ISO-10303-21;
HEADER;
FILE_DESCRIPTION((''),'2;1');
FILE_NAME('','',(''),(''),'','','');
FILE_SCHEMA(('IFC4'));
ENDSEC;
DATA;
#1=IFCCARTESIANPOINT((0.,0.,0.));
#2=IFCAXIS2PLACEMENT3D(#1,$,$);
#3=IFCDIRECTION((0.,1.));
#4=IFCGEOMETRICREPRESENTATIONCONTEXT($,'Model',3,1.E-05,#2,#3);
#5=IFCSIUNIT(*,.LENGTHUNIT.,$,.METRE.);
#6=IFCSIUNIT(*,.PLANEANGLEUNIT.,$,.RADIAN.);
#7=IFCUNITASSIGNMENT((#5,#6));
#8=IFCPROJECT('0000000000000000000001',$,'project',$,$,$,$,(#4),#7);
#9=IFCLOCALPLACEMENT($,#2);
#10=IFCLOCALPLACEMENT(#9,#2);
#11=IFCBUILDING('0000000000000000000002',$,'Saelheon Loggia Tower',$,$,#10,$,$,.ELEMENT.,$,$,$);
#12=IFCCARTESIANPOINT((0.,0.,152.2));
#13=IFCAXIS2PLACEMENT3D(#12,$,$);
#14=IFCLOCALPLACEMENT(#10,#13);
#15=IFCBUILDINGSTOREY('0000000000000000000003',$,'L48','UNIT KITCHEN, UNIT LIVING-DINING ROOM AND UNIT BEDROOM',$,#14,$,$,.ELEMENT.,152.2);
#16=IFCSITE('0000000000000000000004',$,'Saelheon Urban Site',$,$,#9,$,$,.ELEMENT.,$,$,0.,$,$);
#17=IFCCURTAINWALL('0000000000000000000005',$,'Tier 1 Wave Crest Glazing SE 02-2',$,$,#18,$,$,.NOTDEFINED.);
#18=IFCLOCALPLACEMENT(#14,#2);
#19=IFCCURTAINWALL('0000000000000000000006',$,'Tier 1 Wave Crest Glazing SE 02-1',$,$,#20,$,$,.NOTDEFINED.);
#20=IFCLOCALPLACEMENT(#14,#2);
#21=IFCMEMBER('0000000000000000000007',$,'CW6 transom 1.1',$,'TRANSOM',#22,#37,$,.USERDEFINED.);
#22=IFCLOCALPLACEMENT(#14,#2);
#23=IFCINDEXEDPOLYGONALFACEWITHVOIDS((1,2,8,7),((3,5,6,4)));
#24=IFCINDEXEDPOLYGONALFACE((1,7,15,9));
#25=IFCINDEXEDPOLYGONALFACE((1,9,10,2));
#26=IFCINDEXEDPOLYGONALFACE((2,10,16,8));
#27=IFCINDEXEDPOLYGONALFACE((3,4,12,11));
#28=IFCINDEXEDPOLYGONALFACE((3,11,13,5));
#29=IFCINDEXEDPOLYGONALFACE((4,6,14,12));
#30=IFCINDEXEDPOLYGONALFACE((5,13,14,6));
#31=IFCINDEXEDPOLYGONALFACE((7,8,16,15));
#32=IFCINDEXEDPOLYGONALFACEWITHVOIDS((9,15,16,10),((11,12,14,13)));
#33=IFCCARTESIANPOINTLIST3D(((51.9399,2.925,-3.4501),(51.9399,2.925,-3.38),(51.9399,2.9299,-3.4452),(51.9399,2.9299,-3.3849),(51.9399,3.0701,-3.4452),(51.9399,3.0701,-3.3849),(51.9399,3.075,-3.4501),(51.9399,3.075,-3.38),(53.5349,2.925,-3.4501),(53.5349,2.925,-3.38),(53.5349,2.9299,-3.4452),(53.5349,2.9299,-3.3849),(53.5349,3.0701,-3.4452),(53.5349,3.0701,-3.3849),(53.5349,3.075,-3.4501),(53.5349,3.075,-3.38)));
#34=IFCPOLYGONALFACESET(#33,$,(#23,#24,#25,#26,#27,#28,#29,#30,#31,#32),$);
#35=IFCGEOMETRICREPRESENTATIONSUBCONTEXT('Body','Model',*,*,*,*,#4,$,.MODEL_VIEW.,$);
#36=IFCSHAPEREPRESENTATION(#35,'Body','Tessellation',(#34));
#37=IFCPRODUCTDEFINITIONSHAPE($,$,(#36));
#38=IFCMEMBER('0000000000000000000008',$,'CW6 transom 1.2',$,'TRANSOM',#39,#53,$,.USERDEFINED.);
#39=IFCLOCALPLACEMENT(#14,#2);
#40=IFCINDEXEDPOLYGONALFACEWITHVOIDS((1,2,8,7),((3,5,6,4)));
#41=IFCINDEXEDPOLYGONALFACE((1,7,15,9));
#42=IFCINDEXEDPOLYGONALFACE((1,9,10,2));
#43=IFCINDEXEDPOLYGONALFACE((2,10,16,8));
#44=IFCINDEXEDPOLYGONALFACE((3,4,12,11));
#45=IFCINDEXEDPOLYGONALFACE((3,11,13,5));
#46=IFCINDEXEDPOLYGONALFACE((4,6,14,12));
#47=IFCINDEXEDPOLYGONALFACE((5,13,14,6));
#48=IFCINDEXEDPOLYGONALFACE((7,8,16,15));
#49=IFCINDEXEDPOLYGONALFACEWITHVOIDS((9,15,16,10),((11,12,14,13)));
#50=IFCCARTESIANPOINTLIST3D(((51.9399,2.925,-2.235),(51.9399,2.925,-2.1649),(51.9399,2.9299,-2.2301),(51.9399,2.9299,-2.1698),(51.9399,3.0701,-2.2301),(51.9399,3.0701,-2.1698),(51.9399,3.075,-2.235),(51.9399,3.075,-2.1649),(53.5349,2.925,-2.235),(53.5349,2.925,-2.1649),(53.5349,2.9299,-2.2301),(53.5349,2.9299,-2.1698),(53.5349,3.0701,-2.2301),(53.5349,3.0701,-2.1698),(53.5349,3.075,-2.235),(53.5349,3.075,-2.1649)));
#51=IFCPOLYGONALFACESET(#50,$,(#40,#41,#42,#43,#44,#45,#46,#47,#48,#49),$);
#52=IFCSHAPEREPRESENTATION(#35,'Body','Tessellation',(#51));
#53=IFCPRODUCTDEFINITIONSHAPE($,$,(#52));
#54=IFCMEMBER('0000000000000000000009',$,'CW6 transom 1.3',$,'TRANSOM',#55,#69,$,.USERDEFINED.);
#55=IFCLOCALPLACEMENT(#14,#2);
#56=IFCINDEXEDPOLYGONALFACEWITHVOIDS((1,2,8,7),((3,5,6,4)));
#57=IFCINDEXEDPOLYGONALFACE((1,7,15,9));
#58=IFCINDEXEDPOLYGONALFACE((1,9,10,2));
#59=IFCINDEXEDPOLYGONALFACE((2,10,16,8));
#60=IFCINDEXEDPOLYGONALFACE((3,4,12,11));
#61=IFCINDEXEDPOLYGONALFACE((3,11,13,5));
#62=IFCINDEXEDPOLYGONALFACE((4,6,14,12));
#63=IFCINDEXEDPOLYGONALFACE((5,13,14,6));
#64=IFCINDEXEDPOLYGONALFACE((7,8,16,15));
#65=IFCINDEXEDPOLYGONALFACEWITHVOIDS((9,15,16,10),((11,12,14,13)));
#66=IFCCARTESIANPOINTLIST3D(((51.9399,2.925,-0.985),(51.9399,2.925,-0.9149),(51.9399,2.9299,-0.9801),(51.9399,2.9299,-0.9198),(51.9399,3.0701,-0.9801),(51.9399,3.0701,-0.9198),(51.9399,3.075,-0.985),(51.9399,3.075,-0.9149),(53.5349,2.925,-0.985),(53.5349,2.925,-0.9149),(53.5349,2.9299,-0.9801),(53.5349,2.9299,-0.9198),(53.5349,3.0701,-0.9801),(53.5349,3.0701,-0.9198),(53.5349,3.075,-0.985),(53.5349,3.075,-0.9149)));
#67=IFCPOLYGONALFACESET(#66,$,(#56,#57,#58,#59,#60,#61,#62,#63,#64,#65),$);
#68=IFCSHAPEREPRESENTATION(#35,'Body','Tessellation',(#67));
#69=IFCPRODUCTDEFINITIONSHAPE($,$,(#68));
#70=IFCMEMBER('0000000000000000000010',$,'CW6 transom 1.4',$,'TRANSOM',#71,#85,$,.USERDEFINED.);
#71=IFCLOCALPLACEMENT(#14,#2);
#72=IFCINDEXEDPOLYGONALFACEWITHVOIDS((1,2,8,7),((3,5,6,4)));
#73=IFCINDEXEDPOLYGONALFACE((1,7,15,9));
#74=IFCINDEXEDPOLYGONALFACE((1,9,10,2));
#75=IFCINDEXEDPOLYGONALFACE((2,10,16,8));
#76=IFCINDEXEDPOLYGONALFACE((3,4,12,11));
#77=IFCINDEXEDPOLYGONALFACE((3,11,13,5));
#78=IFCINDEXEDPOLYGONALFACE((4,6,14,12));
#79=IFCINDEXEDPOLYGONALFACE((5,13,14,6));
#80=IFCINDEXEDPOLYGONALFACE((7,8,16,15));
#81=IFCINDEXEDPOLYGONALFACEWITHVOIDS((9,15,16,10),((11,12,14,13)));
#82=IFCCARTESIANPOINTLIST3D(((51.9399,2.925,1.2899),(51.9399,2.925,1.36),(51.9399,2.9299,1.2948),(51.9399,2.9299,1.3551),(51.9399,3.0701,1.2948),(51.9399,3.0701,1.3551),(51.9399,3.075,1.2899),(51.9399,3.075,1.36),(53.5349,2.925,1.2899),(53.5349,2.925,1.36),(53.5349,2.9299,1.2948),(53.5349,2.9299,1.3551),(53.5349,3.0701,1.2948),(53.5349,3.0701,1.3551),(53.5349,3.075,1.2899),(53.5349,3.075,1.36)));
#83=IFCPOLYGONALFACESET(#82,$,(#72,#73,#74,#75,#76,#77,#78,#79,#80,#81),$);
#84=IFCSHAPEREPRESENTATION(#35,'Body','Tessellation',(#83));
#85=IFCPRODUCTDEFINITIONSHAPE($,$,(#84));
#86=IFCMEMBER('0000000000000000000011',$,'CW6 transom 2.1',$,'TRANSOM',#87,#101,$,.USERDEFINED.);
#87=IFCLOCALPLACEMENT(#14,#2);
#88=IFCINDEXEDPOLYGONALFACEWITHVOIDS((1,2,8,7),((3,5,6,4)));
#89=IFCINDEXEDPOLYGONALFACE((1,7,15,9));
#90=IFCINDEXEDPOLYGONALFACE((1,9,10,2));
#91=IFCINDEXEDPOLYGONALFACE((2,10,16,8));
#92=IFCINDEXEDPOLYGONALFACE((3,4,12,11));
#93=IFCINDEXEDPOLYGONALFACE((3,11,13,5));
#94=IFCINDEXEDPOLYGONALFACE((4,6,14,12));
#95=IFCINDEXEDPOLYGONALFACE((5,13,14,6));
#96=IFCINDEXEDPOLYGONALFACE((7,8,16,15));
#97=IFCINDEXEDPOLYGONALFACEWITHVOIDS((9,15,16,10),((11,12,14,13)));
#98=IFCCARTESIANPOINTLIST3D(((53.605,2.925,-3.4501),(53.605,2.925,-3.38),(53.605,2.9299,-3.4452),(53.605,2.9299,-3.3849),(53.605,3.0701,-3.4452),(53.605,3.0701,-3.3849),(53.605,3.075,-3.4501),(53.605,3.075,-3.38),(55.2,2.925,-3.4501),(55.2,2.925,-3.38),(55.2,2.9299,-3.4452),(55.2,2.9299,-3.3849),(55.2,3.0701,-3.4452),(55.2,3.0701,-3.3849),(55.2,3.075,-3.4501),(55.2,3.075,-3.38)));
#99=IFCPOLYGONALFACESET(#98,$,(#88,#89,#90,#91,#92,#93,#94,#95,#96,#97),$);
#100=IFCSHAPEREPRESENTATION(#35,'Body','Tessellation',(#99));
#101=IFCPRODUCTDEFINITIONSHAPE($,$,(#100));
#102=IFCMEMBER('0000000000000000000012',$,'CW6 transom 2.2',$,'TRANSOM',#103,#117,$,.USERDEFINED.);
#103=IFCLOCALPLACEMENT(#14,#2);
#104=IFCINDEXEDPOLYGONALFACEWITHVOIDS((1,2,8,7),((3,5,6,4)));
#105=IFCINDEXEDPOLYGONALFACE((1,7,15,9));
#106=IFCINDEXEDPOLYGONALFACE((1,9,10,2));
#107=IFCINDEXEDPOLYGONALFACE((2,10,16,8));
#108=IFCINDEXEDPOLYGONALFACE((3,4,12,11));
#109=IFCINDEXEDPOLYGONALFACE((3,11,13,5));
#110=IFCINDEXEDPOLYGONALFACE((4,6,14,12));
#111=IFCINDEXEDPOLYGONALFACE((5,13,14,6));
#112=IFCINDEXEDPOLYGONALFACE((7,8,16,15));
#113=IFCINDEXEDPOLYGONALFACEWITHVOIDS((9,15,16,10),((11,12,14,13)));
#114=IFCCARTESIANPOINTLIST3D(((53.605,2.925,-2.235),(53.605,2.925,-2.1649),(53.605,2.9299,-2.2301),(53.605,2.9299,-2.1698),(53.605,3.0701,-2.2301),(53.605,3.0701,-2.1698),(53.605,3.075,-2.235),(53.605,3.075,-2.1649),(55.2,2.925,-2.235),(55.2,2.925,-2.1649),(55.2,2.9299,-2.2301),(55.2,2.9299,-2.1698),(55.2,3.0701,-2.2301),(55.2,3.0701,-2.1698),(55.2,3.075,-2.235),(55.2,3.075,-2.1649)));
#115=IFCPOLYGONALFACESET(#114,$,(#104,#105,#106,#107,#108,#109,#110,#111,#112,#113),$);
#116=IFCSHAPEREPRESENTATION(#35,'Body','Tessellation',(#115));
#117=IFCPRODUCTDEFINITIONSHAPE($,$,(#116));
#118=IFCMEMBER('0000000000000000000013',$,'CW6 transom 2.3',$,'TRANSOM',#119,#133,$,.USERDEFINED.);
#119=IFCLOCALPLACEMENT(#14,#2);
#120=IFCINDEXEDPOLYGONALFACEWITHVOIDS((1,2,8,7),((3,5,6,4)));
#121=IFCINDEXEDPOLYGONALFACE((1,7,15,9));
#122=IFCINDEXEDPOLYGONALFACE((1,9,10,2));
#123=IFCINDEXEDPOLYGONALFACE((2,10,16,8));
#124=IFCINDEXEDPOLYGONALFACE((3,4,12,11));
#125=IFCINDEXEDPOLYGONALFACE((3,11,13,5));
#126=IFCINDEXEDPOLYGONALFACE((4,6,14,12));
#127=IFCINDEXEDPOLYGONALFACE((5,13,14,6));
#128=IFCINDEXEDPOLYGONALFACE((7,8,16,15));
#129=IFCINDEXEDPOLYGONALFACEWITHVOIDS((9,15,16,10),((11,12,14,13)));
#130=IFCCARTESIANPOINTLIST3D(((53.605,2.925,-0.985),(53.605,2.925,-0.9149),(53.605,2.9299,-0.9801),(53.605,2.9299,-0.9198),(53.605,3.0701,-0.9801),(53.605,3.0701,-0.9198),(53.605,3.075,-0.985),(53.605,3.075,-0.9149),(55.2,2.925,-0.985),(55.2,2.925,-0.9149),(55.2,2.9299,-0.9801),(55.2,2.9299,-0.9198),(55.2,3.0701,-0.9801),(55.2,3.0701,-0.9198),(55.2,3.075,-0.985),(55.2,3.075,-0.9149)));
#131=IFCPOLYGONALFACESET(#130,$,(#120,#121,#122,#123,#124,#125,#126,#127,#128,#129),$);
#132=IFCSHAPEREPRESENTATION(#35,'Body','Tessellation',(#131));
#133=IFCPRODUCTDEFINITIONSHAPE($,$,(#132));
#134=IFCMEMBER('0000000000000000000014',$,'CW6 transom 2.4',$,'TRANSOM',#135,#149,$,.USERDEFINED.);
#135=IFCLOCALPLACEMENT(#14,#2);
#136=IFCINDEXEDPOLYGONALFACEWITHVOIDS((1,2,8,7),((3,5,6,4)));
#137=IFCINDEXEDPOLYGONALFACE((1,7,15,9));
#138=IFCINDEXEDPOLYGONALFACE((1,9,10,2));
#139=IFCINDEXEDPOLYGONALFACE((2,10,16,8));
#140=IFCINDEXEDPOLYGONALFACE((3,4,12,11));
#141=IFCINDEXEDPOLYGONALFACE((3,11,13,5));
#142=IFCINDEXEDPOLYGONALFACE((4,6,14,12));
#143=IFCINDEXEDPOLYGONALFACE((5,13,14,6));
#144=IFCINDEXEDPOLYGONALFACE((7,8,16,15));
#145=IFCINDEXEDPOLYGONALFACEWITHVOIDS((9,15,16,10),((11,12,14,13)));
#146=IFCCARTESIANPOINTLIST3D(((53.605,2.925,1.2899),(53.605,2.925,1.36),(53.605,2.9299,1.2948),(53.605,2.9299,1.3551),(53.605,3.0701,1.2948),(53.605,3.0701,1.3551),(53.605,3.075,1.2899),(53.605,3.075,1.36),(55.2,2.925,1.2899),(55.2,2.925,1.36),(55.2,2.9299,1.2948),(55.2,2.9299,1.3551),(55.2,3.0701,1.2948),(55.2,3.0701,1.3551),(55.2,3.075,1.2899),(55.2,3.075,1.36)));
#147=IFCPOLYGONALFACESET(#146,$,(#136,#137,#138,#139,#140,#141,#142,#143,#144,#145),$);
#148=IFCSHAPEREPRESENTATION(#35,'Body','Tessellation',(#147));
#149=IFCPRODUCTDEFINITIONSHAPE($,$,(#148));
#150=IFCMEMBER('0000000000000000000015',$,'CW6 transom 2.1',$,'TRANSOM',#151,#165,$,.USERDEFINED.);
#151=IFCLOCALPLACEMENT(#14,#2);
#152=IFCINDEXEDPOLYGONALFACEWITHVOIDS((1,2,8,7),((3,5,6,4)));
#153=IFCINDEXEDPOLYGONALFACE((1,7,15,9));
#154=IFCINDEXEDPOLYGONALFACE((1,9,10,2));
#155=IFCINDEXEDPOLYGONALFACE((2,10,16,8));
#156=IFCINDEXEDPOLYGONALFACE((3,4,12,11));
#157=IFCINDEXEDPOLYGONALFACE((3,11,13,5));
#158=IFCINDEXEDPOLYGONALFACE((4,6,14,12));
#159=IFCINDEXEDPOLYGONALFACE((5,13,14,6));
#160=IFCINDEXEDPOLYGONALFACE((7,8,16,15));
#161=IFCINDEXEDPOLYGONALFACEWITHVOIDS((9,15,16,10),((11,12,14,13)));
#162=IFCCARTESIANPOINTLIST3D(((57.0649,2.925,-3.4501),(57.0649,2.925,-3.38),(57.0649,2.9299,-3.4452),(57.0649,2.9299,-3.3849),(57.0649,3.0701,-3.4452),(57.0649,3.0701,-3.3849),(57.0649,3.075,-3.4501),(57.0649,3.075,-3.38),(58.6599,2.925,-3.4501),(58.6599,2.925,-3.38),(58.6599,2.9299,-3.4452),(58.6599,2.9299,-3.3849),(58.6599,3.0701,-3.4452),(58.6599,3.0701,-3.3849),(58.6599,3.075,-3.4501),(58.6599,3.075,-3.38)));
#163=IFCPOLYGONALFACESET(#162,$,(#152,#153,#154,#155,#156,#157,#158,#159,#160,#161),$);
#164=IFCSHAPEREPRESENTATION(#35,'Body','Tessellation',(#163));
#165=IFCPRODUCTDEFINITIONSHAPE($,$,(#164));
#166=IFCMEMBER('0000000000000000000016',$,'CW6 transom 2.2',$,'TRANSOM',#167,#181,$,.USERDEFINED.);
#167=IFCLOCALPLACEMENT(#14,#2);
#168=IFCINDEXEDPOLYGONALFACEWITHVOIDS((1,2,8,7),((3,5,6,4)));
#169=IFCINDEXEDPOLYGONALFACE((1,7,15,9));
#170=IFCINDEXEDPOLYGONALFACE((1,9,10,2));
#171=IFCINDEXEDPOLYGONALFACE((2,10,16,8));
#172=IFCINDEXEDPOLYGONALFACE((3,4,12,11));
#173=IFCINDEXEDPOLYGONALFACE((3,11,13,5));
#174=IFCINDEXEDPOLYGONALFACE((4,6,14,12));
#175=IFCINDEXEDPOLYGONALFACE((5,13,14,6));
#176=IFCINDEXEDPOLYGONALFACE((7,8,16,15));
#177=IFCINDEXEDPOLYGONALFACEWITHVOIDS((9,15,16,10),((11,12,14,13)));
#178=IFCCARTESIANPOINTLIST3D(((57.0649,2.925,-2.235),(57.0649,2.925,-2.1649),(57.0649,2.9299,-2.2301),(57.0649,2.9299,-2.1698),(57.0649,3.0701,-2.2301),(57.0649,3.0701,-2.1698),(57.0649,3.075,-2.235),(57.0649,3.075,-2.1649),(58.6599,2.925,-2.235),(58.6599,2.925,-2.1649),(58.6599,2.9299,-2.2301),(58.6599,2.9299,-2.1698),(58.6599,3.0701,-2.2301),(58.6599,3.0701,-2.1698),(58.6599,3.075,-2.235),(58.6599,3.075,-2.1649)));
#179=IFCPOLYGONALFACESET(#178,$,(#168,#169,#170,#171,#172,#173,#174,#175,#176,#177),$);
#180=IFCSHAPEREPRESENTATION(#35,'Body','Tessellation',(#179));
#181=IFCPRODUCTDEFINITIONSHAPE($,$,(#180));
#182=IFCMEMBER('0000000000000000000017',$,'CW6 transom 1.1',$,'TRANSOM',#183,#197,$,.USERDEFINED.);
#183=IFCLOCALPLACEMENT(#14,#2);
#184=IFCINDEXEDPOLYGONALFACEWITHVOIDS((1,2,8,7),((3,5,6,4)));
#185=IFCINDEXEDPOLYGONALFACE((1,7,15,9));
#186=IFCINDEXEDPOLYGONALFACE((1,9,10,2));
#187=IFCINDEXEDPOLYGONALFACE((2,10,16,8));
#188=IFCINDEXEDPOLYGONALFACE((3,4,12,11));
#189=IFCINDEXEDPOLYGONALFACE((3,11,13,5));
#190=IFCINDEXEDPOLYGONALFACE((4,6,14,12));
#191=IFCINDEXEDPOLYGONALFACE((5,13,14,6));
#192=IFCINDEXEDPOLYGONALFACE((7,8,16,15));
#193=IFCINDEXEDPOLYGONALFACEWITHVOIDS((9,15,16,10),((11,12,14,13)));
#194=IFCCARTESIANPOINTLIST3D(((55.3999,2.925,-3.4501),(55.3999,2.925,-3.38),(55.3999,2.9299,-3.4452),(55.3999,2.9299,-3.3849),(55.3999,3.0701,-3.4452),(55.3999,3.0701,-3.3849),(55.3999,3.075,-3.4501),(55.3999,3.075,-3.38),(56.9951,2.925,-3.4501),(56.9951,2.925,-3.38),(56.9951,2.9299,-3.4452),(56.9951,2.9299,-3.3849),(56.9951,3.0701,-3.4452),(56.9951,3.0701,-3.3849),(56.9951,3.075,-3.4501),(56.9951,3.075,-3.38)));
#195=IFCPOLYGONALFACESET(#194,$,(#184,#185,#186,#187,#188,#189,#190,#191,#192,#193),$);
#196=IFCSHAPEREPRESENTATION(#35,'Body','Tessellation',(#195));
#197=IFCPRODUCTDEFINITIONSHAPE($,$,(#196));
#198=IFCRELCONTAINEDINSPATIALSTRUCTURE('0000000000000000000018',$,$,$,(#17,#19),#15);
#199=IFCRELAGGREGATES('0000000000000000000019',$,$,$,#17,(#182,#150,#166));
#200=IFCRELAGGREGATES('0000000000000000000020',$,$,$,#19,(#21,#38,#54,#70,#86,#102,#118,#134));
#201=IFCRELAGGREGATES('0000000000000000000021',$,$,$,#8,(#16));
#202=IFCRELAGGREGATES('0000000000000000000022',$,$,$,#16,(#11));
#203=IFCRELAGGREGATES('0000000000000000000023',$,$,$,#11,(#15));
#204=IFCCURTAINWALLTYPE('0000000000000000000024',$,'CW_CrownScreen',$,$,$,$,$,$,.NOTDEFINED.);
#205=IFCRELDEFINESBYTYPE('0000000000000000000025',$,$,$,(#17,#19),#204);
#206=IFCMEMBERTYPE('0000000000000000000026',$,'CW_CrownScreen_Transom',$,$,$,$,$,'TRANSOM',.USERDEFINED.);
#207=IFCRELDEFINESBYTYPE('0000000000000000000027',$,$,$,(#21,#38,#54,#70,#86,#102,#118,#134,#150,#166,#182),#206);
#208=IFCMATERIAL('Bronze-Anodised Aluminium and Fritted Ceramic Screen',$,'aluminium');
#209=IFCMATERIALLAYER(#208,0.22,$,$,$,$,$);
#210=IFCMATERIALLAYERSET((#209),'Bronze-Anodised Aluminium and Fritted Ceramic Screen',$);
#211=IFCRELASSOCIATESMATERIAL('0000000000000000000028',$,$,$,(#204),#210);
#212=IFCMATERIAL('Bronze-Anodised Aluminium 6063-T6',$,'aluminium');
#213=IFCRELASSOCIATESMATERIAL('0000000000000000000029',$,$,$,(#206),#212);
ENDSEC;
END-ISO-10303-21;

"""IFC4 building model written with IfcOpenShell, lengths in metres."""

from ifc_helpers import new_model, si_unit, direction, frame, origin, origin_2d, place, context, subcontext, project, spatial, hollow_rectangle, extrude, source, transform, mapped, material, layer, layer_set, material_profile, profile_set, type_object, element, aggregate, save


model = new_model("IFC4")

# Units and contexts
model_context = context("Model", 3, precision=1e-05, world=origin(), true_north=direction((0.0, 1.0)))
body_context = subcontext(model_context, "Body", "Model", "MODEL_VIEW")
ifc_project = project(units=[si_unit("LENGTHUNIT", "METRE"), si_unit("PLANEANGLEUNIT", "RADIAN")], contexts=[model_context])

# Site, building, storey
site_placement = place(None, origin())
site = spatial("IfcSite", under=ifc_project, at=site_placement, Name="Saelheon Urban Site", CompositionType="ELEMENT", RefElevation=0.0)
building_placement = place(site_placement, origin())
building = spatial("IfcBuilding", under=site, at=building_placement, Name="Saelheon Loggia Tower", CompositionType="ELEMENT")
storey_placement = place(building_placement, frame((0.0, 0.0, 152.2)))
storey = spatial("IfcBuildingStorey", under=building, at=storey_placement, Name="L48", Description="UNIT KITCHEN, UNIT LIVING-DINING ROOM AND UNIT BEDROOM", CompositionType="ELEMENT", Elevation=152.2)

# Curtain wall
ifc_material_1 = material(Name="Bronze-Anodised Aluminium and Fritted Ceramic Screen", Category="aluminium")
ifc_layer_1 = layer(ifc_material_1, 0.22)
ifc_layer_set_1 = layer_set([ifc_layer_1], Name="Bronze-Anodised Aluminium and Fritted Ceramic Screen")
curtain_wall_type = type_object("IfcCurtainWallType", Name="CW_CrownScreen", PredefinedType="NOTDEFINED", material=ifc_layer_set_1)
curtain_wall_1_placement = place(storey_placement, origin())
curtain_wall_1 = element("IfcCurtainWall", 1, at=curtain_wall_1_placement, inside=storey, type_object=curtain_wall_type, Name="Tier 1 Wave Crest Glazing SE 02-2", PredefinedType="NOTDEFINED")
ifc_material_2 = material(Name="Bronze-Anodised Aluminium 6063-T6", Category="aluminium")

# Curtain wall, members
curtain_wall_2_placement = place(storey_placement, origin())
curtain_wall_2 = element("IfcCurtainWall", 2, at=curtain_wall_2_placement, inside=storey, type_object=curtain_wall_type, Name="Tier 1 Wave Crest Glazing SE 02-1", PredefinedType="NOTDEFINED")
ifc_material_profile_1 = material_profile(ifc_material_2, hollow_rectangle(XDim=0.0701, YDim=0.1499, WallThickness=0.0049, at=origin_2d()), Name="RHS-150x70x5")
ifc_profile_set_1 = profile_set([ifc_material_profile_1], Name="Bronze-Anodised Aluminium 6063-T6")
member_type_1 = type_object("IfcMemberType", Name="CW_CrownScreen_Transom", ElementType="TRANSOM", PredefinedType="USERDEFINED", material=ifc_profile_set_1)
shared_shape_1 = source(origin(), body_context, "Body", "SweptSolid", [
    extrude(hollow_rectangle(XDim=0.0701, YDim=0.1499, WallThickness=0.0049, at=origin_2d()), origin(), (0.0, 0.0, 1.0), 1.595),
])
member_1_placement = place(storey_placement, frame((51.9399, 3.0, -3.415), z_axis=(1.0, 0.0, 0.0), x_axis=(0.0, 0.0, 1.0)))
member_1 = element("IfcMember", 3, at=member_1_placement, type_object=member_type_1, Name="CW6 transom 1.1", ObjectType="TRANSOM", PredefinedType="USERDEFINED", context=body_context, shape_type="MappedRepresentation", body=[
    mapped(shared_shape_1, transform((0.0, 0.0, 0.0), scale=1.0)),
])
member_2_placement = place(storey_placement, frame((51.9399, 3.0, -2.2), z_axis=(1.0, 0.0, 0.0), x_axis=(0.0, 0.0, 1.0)))
member_2 = element("IfcMember", 4, at=member_2_placement, type_object=member_type_1, Name="CW6 transom 1.2", ObjectType="TRANSOM", PredefinedType="USERDEFINED", context=body_context, shape_type="MappedRepresentation", body=[
    mapped(shared_shape_1, transform((0.0, 0.0, 0.0), scale=1.0)),
])
member_3_placement = place(storey_placement, frame((51.9399, 3.0, -0.95), z_axis=(1.0, 0.0, 0.0), x_axis=(0.0, 0.0, 1.0)))
member_3 = element("IfcMember", 5, at=member_3_placement, type_object=member_type_1, Name="CW6 transom 1.3", ObjectType="TRANSOM", PredefinedType="USERDEFINED", context=body_context, shape_type="MappedRepresentation", body=[
    mapped(shared_shape_1, transform((0.0, 0.0, 0.0), scale=1.0)),
])
member_4_placement = place(storey_placement, frame((51.9399, 3.0, 1.325), z_axis=(1.0, 0.0, 0.0), x_axis=(0.0, 0.0, 1.0)))
member_4 = element("IfcMember", 6, at=member_4_placement, type_object=member_type_1, Name="CW6 transom 1.4", ObjectType="TRANSOM", PredefinedType="USERDEFINED", context=body_context, shape_type="MappedRepresentation", body=[
    mapped(shared_shape_1, transform((0.0, 0.0, 0.0), scale=1.0)),
])
member_5_placement = place(storey_placement, frame((53.605, 3.0, -3.415), z_axis=(1.0, 0.0, 0.0), x_axis=(0.0, 0.0, 1.0)))
member_5 = element("IfcMember", 7, at=member_5_placement, type_object=member_type_1, Name="CW6 transom 2.1", ObjectType="TRANSOM", PredefinedType="USERDEFINED", context=body_context, shape_type="MappedRepresentation", body=[
    mapped(shared_shape_1, transform((0.0, 0.0, 0.0), scale=1.0)),
])
member_6_placement = place(storey_placement, frame((53.605, 3.0, -2.2), z_axis=(1.0, 0.0, 0.0), x_axis=(0.0, 0.0, 1.0)))
member_6 = element("IfcMember", 8, at=member_6_placement, type_object=member_type_1, Name="CW6 transom 2.2", ObjectType="TRANSOM", PredefinedType="USERDEFINED", context=body_context, shape_type="MappedRepresentation", body=[
    mapped(shared_shape_1, transform((0.0, 0.0, 0.0), scale=1.0)),
])
member_7_placement = place(storey_placement, frame((53.605, 3.0, -0.95), z_axis=(1.0, 0.0, 0.0), x_axis=(0.0, 0.0, 1.0)))
member_7 = element("IfcMember", 9, at=member_7_placement, type_object=member_type_1, Name="CW6 transom 2.3", ObjectType="TRANSOM", PredefinedType="USERDEFINED", context=body_context, shape_type="MappedRepresentation", body=[
    mapped(shared_shape_1, transform((0.0, 0.0, 0.0), scale=1.0)),
])
member_8_placement = place(storey_placement, frame((53.605, 3.0, 1.325), z_axis=(1.0, 0.0, 0.0), x_axis=(0.0, 0.0, 1.0)))
member_8 = element("IfcMember", 10, at=member_8_placement, type_object=member_type_1, Name="CW6 transom 2.4", ObjectType="TRANSOM", PredefinedType="USERDEFINED", context=body_context, shape_type="MappedRepresentation", body=[
    mapped(shared_shape_1, transform((0.0, 0.0, 0.0), scale=1.0)),
])

# Members
member_9_placement = place(storey_placement, frame((57.0649, 3.0, -3.415), z_axis=(1.0, 0.0, 0.0), x_axis=(0.0, 0.0, 1.0)))
member_9 = element("IfcMember", 11, at=member_9_placement, type_object=member_type_1, Name="CW6 transom 2.1", ObjectType="TRANSOM", PredefinedType="USERDEFINED", context=body_context, shape_type="MappedRepresentation", body=[
    mapped(shared_shape_1, transform((0.0, 0.0, 0.0), scale=1.0)),
])
member_10_placement = place(storey_placement, frame((57.0649, 3.0, -2.2), z_axis=(1.0, 0.0, 0.0), x_axis=(0.0, 0.0, 1.0)))
member_10 = element("IfcMember", 12, at=member_10_placement, type_object=member_type_1, Name="CW6 transom 2.2", ObjectType="TRANSOM", PredefinedType="USERDEFINED", context=body_context, shape_type="MappedRepresentation", body=[
    mapped(shared_shape_1, transform((0.0, 0.0, 0.0), scale=1.0)),
])
shared_shape_2 = source(origin(), body_context, "Body", "SweptSolid", [
    extrude(hollow_rectangle(XDim=0.0701, YDim=0.1499, WallThickness=0.0049, at=origin_2d()), origin(), (0.0, 0.0, 1.0), 1.5952),
])
member_11_placement = place(storey_placement, frame((55.3999, 3.0, -3.415), z_axis=(1.0, 0.0, 0.0), x_axis=(0.0, 0.0, 1.0)))
member_11 = element("IfcMember", 13, at=member_11_placement, type_object=member_type_1, Name="CW6 transom 1.1", ObjectType="TRANSOM", PredefinedType="USERDEFINED", context=body_context, shape_type="MappedRepresentation", body=[
    mapped(shared_shape_2, transform((0.0, 0.0, 0.0), scale=1.0)),
])

aggregate(curtain_wall_1, [member_11, member_9, member_10])
aggregate(curtain_wall_2, [member_1, member_2, member_3, member_4, member_5, member_6, member_7, member_8])

save(model, "model.ifc")
